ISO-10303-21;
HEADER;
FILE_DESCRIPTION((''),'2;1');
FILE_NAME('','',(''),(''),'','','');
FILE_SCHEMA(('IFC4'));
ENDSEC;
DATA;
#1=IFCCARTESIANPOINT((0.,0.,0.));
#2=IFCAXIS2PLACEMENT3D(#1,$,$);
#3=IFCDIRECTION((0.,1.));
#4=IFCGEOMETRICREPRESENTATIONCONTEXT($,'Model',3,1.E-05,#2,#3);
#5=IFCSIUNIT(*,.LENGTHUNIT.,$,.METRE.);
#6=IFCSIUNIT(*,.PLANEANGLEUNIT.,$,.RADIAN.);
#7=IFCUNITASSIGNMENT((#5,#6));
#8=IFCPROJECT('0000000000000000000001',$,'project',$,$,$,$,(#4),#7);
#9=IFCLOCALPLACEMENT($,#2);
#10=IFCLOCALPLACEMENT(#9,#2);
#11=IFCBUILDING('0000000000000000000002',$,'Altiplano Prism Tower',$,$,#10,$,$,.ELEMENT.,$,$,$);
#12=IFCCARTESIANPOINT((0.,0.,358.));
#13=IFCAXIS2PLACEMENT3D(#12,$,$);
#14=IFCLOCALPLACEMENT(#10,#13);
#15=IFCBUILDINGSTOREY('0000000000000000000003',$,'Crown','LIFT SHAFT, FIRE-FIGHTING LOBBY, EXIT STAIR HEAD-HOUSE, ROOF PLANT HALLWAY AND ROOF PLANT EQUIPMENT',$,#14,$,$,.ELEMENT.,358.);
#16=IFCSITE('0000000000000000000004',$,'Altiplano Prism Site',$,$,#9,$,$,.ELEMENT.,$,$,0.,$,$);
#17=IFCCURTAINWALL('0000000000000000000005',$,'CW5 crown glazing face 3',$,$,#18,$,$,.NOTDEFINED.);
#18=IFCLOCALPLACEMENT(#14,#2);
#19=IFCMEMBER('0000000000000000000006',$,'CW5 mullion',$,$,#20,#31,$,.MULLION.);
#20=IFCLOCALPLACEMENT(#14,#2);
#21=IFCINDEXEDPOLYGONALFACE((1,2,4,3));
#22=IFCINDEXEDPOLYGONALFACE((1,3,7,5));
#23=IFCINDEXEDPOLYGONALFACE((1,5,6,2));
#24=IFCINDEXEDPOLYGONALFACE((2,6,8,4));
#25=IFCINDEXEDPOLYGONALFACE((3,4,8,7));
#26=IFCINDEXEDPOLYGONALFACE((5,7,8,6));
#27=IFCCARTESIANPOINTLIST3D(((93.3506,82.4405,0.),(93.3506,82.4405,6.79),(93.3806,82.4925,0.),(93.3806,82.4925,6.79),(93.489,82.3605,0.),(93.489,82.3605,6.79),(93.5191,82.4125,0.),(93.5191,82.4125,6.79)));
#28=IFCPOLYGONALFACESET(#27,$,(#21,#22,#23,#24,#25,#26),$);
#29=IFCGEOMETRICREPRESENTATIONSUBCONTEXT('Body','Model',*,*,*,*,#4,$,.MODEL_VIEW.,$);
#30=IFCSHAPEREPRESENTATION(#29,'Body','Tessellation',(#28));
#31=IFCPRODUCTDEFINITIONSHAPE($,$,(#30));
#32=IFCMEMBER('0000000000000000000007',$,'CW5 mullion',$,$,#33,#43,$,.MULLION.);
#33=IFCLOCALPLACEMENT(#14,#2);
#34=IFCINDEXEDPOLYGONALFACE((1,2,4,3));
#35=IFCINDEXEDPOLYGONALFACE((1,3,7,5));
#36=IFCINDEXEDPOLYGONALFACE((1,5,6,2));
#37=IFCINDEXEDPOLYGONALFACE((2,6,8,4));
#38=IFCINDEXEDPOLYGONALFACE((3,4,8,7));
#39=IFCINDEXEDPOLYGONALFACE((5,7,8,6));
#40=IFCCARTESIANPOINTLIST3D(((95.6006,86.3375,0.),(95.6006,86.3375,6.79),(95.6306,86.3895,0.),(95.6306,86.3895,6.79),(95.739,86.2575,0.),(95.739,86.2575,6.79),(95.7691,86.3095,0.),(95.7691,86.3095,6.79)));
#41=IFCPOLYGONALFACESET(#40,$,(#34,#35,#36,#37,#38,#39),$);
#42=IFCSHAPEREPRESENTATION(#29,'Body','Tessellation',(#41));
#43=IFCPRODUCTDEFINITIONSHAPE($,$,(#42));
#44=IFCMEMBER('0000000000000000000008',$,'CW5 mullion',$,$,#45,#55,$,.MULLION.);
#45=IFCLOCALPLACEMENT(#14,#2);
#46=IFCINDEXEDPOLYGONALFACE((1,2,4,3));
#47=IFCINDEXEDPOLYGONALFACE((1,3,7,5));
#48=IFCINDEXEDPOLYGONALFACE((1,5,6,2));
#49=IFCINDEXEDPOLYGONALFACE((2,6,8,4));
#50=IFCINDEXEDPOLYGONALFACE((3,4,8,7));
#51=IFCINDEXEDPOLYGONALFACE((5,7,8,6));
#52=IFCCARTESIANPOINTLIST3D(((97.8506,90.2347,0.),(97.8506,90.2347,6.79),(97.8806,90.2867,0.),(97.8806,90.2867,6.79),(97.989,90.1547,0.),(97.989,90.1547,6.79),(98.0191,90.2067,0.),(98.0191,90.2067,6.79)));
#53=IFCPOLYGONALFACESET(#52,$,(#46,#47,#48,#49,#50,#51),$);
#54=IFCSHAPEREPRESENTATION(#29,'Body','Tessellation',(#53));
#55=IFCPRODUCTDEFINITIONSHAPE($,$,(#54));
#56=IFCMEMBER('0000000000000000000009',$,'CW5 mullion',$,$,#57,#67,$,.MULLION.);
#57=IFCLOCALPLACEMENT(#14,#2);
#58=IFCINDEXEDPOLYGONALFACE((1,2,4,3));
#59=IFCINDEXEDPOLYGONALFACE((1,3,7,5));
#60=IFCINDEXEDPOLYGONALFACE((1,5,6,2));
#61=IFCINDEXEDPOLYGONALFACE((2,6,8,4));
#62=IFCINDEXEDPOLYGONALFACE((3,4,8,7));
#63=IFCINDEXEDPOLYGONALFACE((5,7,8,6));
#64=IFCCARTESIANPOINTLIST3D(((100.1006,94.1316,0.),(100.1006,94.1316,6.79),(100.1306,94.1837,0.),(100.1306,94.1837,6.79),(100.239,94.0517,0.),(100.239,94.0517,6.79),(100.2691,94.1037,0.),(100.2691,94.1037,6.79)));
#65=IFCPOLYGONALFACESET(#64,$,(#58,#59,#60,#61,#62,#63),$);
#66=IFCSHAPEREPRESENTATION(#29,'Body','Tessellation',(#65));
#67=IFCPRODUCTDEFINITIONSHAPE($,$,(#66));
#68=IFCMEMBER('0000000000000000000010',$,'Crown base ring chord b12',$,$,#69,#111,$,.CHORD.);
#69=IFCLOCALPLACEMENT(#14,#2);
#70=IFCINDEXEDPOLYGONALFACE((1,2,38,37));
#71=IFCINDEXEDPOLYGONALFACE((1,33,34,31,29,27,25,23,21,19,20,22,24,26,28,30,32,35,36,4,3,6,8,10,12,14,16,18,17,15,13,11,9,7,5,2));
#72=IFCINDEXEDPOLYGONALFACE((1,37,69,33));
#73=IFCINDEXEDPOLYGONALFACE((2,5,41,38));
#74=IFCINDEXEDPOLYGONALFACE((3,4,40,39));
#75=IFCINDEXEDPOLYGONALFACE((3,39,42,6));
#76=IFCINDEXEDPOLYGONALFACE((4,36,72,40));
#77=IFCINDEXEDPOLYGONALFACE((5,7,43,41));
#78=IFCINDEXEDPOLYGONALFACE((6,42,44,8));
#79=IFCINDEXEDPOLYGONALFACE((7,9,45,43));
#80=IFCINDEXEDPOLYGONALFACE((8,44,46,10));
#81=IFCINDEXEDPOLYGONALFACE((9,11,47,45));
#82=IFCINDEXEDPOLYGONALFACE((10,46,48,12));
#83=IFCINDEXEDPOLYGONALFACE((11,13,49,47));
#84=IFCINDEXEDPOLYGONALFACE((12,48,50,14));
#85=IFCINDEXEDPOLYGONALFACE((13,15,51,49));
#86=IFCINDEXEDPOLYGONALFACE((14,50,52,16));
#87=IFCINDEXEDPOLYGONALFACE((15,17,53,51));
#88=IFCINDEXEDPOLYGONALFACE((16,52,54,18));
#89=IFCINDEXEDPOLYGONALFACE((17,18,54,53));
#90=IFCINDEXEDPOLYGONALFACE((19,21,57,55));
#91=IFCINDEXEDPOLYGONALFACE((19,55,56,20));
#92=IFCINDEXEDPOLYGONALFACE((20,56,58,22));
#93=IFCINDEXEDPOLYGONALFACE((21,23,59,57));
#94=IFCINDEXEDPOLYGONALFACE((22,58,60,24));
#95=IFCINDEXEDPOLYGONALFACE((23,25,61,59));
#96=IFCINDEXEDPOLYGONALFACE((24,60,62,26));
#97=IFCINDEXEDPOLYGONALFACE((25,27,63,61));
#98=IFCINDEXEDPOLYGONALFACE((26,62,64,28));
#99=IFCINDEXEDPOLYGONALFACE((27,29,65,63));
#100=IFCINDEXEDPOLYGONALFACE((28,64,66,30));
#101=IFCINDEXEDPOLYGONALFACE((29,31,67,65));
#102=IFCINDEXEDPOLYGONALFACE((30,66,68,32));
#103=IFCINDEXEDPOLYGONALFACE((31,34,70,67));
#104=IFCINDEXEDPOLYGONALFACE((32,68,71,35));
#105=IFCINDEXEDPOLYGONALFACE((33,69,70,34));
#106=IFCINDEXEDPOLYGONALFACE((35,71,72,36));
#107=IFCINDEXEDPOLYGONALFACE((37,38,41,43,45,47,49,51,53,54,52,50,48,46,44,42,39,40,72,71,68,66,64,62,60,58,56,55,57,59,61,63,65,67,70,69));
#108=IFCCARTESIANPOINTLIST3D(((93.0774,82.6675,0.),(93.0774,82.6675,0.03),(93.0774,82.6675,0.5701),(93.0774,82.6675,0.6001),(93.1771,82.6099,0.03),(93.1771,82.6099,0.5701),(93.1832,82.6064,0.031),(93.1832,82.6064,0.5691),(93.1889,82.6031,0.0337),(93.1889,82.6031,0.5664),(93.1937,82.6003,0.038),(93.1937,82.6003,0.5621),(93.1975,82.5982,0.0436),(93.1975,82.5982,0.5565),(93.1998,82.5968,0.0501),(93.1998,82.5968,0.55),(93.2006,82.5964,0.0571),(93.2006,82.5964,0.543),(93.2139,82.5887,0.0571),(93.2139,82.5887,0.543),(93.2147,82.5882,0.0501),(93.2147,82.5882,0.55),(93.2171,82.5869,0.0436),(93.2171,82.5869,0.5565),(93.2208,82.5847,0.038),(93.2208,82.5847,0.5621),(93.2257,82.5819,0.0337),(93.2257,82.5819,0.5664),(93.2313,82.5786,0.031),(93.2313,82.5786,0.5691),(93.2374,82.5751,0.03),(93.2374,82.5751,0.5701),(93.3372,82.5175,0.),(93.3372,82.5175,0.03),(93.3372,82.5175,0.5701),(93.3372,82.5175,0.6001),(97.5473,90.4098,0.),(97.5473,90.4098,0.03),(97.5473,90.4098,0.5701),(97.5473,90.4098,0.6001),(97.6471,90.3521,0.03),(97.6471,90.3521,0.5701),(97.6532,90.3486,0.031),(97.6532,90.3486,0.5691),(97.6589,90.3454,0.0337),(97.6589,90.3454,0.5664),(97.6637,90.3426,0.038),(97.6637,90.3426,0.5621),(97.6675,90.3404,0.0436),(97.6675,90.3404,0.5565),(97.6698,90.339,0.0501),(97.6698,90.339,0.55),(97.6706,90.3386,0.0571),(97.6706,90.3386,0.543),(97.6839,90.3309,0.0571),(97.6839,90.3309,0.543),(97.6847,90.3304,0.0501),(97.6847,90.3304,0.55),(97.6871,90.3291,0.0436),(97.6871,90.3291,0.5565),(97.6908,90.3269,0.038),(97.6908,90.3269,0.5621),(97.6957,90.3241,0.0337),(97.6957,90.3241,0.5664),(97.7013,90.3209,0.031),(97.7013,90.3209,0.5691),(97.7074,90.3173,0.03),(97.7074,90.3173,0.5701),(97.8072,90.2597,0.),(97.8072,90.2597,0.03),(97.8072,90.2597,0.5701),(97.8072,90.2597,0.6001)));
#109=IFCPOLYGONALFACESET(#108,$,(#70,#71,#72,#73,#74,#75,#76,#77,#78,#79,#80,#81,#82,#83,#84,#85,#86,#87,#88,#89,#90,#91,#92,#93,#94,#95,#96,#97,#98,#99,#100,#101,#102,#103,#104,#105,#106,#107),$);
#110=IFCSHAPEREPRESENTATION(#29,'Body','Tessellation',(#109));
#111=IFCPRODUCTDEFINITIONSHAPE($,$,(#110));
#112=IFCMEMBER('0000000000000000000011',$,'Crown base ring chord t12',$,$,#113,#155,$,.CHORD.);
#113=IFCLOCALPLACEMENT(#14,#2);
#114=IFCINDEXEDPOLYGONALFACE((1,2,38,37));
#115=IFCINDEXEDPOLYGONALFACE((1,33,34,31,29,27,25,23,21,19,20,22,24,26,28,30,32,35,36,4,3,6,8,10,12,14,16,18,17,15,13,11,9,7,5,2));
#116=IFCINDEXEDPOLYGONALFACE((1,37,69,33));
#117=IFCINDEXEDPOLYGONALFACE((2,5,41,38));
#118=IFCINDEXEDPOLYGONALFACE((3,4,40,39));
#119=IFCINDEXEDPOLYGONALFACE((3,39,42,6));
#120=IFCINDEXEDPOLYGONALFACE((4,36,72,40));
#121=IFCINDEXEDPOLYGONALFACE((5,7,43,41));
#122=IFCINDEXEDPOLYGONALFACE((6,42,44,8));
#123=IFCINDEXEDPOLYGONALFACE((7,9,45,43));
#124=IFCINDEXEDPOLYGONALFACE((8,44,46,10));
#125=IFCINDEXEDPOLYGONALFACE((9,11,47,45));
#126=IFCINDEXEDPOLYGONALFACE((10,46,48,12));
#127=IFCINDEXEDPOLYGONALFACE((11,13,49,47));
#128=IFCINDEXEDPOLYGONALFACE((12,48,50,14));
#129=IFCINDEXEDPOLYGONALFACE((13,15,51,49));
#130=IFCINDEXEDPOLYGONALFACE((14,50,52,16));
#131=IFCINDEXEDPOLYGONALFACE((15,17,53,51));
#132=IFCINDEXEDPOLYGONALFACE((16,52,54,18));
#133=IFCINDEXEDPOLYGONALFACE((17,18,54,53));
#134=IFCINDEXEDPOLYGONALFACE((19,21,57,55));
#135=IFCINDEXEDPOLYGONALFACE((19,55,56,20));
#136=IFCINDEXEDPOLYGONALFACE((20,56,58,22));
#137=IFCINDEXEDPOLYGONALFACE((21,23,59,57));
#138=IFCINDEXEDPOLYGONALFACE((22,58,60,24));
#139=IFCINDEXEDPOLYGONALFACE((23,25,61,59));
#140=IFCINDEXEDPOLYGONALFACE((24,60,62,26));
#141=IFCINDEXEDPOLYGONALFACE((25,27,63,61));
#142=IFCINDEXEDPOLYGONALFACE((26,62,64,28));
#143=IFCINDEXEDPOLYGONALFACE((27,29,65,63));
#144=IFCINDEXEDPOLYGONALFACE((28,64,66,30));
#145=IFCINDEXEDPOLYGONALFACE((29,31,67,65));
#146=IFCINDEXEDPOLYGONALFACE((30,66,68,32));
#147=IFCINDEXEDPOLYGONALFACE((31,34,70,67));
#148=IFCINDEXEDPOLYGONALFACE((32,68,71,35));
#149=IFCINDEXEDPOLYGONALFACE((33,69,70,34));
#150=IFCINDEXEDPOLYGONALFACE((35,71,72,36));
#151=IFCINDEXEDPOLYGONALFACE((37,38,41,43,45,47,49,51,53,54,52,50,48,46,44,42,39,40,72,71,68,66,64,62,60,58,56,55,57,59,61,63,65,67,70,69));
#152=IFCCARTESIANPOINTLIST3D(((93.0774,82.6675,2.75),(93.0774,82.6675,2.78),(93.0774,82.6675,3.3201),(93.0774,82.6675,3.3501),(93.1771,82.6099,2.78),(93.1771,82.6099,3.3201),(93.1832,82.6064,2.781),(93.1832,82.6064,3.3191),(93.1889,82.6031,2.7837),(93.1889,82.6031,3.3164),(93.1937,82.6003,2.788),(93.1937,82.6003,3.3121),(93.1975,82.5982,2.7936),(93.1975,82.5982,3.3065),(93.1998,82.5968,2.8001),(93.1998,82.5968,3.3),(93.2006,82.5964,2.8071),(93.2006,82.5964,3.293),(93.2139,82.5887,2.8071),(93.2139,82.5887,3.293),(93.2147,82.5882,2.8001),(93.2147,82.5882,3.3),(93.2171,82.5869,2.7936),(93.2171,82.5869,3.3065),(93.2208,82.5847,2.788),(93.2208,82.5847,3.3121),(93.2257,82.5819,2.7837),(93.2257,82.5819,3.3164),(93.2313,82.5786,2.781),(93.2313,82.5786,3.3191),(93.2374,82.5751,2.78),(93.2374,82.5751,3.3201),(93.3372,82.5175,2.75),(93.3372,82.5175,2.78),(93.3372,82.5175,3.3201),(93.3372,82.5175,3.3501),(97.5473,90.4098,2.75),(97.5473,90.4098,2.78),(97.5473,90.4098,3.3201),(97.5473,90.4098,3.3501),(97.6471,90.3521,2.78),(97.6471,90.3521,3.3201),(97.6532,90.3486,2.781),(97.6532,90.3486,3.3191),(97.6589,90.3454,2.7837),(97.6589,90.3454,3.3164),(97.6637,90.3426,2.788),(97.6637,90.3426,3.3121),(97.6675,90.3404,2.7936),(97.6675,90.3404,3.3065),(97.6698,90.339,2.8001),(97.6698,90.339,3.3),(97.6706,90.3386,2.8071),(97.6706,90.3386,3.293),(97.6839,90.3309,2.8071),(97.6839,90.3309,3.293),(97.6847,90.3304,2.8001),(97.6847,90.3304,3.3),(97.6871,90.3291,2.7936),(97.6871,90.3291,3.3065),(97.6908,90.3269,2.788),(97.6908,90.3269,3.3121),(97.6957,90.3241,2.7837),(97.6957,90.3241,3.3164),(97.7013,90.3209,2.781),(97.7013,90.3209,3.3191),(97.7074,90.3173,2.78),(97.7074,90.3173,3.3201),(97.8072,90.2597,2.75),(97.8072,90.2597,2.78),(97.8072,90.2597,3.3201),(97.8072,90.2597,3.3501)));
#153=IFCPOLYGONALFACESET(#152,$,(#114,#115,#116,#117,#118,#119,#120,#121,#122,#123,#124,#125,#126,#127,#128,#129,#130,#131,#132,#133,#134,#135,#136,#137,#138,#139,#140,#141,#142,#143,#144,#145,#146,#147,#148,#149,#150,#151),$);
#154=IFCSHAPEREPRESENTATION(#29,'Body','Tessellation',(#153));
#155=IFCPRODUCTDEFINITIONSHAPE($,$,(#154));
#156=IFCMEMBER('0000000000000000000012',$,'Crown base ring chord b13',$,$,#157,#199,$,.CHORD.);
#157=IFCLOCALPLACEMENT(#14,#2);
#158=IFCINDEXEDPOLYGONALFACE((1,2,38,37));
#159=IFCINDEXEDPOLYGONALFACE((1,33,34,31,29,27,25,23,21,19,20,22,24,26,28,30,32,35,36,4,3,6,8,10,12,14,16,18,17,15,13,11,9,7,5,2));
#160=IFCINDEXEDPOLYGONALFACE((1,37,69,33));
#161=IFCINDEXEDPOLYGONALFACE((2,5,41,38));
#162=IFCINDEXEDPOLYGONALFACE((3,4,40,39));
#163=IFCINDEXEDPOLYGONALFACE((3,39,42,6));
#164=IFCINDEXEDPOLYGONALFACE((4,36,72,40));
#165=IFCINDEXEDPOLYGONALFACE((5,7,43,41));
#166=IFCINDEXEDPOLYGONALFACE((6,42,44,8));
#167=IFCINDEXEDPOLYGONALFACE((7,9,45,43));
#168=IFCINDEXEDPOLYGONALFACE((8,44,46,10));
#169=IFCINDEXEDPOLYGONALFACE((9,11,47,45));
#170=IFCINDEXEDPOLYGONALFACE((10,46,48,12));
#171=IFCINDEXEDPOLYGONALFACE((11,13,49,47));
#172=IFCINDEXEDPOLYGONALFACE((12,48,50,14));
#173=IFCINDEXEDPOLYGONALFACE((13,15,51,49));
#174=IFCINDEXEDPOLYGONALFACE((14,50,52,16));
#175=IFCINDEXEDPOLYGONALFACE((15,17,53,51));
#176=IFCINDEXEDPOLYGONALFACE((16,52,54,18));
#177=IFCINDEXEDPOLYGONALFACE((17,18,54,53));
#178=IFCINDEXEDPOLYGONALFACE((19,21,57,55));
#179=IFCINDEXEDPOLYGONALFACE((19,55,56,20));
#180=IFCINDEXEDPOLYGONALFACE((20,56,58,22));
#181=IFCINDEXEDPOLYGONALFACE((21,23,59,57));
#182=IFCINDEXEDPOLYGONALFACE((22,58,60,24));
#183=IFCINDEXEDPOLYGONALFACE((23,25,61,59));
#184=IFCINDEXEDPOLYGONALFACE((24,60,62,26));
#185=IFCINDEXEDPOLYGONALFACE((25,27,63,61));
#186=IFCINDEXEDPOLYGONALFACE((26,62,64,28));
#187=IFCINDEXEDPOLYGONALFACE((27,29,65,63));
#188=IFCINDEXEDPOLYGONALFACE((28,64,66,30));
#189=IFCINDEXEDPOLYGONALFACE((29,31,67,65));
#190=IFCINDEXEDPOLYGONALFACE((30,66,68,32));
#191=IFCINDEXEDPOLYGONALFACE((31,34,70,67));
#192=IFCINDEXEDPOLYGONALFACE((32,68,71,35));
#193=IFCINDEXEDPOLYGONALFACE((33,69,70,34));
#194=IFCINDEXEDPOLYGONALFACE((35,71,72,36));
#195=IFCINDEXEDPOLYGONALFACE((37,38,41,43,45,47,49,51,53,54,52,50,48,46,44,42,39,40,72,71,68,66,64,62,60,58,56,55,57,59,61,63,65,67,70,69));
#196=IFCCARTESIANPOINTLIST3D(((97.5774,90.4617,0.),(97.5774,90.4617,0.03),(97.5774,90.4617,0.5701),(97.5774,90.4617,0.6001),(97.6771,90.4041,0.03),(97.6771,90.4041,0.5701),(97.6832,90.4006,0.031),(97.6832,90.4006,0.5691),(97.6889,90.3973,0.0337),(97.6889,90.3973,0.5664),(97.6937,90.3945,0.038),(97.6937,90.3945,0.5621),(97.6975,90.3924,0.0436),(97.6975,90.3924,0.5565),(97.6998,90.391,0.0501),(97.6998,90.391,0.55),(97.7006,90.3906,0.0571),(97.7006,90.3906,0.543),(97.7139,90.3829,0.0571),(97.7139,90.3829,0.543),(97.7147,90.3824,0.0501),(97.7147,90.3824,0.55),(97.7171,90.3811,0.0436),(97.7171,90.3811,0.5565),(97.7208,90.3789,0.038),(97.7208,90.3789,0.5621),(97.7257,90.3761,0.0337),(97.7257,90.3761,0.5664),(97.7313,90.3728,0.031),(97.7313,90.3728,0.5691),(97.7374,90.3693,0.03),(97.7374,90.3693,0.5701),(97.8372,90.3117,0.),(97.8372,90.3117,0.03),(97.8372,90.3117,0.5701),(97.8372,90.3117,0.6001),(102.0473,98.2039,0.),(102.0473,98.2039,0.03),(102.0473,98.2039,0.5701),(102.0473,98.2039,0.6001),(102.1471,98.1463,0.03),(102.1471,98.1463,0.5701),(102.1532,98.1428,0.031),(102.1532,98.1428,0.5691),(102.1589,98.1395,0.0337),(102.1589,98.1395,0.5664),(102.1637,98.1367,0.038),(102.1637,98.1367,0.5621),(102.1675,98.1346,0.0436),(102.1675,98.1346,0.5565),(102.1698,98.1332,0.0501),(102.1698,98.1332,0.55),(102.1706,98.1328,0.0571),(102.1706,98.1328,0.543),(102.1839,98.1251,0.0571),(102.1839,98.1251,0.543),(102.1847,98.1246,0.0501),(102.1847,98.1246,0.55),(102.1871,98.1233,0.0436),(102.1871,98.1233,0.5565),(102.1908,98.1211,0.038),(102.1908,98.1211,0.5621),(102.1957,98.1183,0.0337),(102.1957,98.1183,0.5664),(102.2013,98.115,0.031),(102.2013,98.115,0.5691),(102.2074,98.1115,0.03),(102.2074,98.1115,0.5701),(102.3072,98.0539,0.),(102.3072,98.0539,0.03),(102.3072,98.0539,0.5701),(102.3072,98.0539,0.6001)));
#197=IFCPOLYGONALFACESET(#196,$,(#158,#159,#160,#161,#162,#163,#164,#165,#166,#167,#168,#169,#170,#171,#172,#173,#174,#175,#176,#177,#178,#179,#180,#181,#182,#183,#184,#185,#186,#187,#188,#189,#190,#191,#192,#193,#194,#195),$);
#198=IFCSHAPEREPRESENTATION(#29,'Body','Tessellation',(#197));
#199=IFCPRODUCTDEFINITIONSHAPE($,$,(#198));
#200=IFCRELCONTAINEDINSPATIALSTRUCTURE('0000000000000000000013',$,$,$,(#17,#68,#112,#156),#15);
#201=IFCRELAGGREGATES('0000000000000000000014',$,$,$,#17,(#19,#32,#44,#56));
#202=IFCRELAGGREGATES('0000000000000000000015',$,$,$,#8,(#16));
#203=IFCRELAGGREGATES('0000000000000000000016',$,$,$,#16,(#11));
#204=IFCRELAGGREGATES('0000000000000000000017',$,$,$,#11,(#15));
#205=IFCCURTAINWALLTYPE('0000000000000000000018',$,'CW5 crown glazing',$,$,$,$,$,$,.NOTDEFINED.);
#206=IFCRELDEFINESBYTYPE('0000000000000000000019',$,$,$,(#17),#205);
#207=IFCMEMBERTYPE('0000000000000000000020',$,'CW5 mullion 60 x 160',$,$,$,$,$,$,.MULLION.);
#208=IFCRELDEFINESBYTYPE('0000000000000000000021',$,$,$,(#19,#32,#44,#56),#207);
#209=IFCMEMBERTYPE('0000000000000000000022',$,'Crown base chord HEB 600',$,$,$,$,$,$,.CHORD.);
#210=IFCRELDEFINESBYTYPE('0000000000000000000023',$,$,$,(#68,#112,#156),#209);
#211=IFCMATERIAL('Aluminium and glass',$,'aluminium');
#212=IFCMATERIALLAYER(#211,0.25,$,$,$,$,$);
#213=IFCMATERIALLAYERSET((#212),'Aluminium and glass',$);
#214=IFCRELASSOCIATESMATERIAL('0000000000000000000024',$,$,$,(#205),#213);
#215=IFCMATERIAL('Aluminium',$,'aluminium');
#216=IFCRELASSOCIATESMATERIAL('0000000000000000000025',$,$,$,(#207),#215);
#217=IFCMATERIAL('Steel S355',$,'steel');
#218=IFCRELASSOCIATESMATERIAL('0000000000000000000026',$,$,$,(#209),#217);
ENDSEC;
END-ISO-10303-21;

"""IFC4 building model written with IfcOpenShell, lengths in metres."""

from ifc_helpers import new_model, si_unit, direction, frame, origin, origin_2d, place, context, subcontext, project, spatial, rectangle, i_section, extrude, material, layer, layer_set, material_profile, profile_set, type_object, element, aggregate, save


model = new_model("IFC4")

# Units and contexts
model_context = context("Model", 3, precision=1e-05, world=origin(), true_north=direction((0.0, 1.0)))
body_context = subcontext(model_context, "Body", "Model", "MODEL_VIEW")
ifc_project = project(units=[si_unit("LENGTHUNIT", "METRE"), si_unit("PLANEANGLEUNIT", "RADIAN")], contexts=[model_context])

# Site, building, storey
site_placement = place(None, origin())
site = spatial("IfcSite", under=ifc_project, at=site_placement, Name="Altiplano Prism Site", CompositionType="ELEMENT", RefElevation=0.0)
building_placement = place(site_placement, origin())
building = spatial("IfcBuilding", under=site, at=building_placement, Name="Altiplano Prism Tower", CompositionType="ELEMENT")
storey_placement = place(building_placement, frame((0.0, 0.0, 358.0)))
storey = spatial("IfcBuildingStorey", under=building, at=storey_placement, Name="Crown", Description="LIFT SHAFT, FIRE-FIGHTING LOBBY, EXIT STAIR HEAD-HOUSE, ROOF PLANT HALLWAY AND ROOF PLANT EQUIPMENT", CompositionType="ELEMENT", Elevation=358.0)

# Curtain wall, members
ifc_material_1 = material(Name="Aluminium and glass", Category="aluminium")
ifc_layer_1 = layer(ifc_material_1, 0.25)
ifc_layer_set_1 = layer_set([ifc_layer_1], Name="Aluminium and glass")
curtain_wall_type = type_object("IfcCurtainWallType", Name="CW5 crown glazing", PredefinedType="NOTDEFINED", material=ifc_layer_set_1)
curtain_wall_placement = place(storey_placement, origin())
curtain_wall = element("IfcCurtainWall", 1, at=curtain_wall_placement, inside=storey, type_object=curtain_wall_type, Name="CW5 crown glazing face 3", PredefinedType="NOTDEFINED")
ifc_material_2 = material(Name="Aluminium", Category="aluminium")
ifc_material_profile_1 = material_profile(ifc_material_2, rectangle(XDim=0.1599, YDim=0.0601, at=origin_2d()), Name="CW5 mullion 60 x 160")
ifc_profile_set_1 = profile_set([ifc_material_profile_1], Name="Aluminium")
member_type_1 = type_object("IfcMemberType", Name="CW5 mullion 60 x 160", PredefinedType="MULLION", material=ifc_profile_set_1)
member_1_placement = place(storey_placement, frame((93.4348, 82.4265, 0.0), z_axis=(0.0, 0.0, 1.0), x_axis=(-0.866025, 0.5, 0.0)))
member_1 = element("IfcMember", 2, at=member_1_placement, type_object=member_type_1, Name="CW5 mullion", PredefinedType="MULLION", context=body_context, shape_type="SweptSolid", body=[
    extrude(rectangle(XDim=0.1599, YDim=0.0601, at=origin_2d()), origin(), (0.0, 0.0, 1.0), 6.79),
])
member_2_placement = place(storey_placement, frame((95.6848, 86.3235, 0.0), z_axis=(0.0, 0.0, 1.0), x_axis=(-0.866025, 0.5, 0.0)))
member_2 = element("IfcMember", 3, at=member_2_placement, type_object=member_type_1, Name="CW5 mullion", PredefinedType="MULLION", context=body_context, shape_type="SweptSolid", body=[
    extrude(rectangle(XDim=0.1599, YDim=0.0601, at=origin_2d()), origin(), (0.0, 0.0, 1.0), 6.79),
])
member_3_placement = place(storey_placement, frame((97.9348, 90.2207, 0.0), z_axis=(0.0, 0.0, 1.0), x_axis=(-0.866025, 0.5, 0.0)))
member_3 = element("IfcMember", 4, at=member_3_placement, type_object=member_type_1, Name="CW5 mullion", PredefinedType="MULLION", context=body_context, shape_type="SweptSolid", body=[
    extrude(rectangle(XDim=0.1599, YDim=0.0601, at=origin_2d()), origin(), (0.0, 0.0, 1.0), 6.79),
])
member_4_placement = place(storey_placement, frame((100.1848, 94.1177, 0.0), z_axis=(0.0, 0.0, 1.0), x_axis=(-0.866025, 0.5, 0.0)))
member_4 = element("IfcMember", 5, at=member_4_placement, type_object=member_type_1, Name="CW5 mullion", PredefinedType="MULLION", context=body_context, shape_type="SweptSolid", body=[
    extrude(rectangle(XDim=0.1599, YDim=0.0601, at=origin_2d()), origin(), (0.0, 0.0, 1.0), 6.79),
])

# Members
ifc_material_3 = material(Name="Steel S355", Category="steel")
ifc_material_profile_2 = material_profile(ifc_material_3, i_section(OverallWidth=0.3, OverallDepth=0.6001, WebThickness=0.0154, FlangeThickness=0.03, FilletRadius=0.0271, at=origin_2d()), Name="Crown base chord HEB 600")
ifc_profile_set_2 = profile_set([ifc_material_profile_2], Name="Steel S355")
member_type_2 = type_object("IfcMemberType", Name="Crown base chord HEB 600", PredefinedType="CHORD", material=ifc_profile_set_2)
for number, where, z_axis, x_axis, name in (
    (6, (93.2073, 82.5925, 0.3), (0.500001, 0.866025, 0.0), (-0.866025, 0.500001, 0.0), "Crown base ring chord b12"),
    (7, (93.2073, 82.5925, 3.05), (0.500001, 0.866025, 0.0), (-0.866025, 0.500001, 0.0), "Crown base ring chord t12"),
    (8, (97.7073, 90.3867, 0.3), (0.500001, 0.866025, 0.0), (-0.866025, 0.500001, 0.0), "Crown base ring chord b13"),
):
    element("IfcMember", number, at=place(storey_placement, frame(where, z_axis=z_axis, x_axis=x_axis)), inside=storey, type_object=member_type_2, Name=name, PredefinedType="CHORD", context=body_context, shape_type="SweptSolid", body=[
        extrude(i_section(OverallWidth=0.3, OverallDepth=0.6001, WebThickness=0.0154, FlangeThickness=0.03, FilletRadius=0.0271, at=origin_2d()), origin(), (0.0, 0.0, 1.0), 8.9399),
    ])

aggregate(curtain_wall, [member_1, member_2, member_3, member_4])

save(model, "model.ifc")
